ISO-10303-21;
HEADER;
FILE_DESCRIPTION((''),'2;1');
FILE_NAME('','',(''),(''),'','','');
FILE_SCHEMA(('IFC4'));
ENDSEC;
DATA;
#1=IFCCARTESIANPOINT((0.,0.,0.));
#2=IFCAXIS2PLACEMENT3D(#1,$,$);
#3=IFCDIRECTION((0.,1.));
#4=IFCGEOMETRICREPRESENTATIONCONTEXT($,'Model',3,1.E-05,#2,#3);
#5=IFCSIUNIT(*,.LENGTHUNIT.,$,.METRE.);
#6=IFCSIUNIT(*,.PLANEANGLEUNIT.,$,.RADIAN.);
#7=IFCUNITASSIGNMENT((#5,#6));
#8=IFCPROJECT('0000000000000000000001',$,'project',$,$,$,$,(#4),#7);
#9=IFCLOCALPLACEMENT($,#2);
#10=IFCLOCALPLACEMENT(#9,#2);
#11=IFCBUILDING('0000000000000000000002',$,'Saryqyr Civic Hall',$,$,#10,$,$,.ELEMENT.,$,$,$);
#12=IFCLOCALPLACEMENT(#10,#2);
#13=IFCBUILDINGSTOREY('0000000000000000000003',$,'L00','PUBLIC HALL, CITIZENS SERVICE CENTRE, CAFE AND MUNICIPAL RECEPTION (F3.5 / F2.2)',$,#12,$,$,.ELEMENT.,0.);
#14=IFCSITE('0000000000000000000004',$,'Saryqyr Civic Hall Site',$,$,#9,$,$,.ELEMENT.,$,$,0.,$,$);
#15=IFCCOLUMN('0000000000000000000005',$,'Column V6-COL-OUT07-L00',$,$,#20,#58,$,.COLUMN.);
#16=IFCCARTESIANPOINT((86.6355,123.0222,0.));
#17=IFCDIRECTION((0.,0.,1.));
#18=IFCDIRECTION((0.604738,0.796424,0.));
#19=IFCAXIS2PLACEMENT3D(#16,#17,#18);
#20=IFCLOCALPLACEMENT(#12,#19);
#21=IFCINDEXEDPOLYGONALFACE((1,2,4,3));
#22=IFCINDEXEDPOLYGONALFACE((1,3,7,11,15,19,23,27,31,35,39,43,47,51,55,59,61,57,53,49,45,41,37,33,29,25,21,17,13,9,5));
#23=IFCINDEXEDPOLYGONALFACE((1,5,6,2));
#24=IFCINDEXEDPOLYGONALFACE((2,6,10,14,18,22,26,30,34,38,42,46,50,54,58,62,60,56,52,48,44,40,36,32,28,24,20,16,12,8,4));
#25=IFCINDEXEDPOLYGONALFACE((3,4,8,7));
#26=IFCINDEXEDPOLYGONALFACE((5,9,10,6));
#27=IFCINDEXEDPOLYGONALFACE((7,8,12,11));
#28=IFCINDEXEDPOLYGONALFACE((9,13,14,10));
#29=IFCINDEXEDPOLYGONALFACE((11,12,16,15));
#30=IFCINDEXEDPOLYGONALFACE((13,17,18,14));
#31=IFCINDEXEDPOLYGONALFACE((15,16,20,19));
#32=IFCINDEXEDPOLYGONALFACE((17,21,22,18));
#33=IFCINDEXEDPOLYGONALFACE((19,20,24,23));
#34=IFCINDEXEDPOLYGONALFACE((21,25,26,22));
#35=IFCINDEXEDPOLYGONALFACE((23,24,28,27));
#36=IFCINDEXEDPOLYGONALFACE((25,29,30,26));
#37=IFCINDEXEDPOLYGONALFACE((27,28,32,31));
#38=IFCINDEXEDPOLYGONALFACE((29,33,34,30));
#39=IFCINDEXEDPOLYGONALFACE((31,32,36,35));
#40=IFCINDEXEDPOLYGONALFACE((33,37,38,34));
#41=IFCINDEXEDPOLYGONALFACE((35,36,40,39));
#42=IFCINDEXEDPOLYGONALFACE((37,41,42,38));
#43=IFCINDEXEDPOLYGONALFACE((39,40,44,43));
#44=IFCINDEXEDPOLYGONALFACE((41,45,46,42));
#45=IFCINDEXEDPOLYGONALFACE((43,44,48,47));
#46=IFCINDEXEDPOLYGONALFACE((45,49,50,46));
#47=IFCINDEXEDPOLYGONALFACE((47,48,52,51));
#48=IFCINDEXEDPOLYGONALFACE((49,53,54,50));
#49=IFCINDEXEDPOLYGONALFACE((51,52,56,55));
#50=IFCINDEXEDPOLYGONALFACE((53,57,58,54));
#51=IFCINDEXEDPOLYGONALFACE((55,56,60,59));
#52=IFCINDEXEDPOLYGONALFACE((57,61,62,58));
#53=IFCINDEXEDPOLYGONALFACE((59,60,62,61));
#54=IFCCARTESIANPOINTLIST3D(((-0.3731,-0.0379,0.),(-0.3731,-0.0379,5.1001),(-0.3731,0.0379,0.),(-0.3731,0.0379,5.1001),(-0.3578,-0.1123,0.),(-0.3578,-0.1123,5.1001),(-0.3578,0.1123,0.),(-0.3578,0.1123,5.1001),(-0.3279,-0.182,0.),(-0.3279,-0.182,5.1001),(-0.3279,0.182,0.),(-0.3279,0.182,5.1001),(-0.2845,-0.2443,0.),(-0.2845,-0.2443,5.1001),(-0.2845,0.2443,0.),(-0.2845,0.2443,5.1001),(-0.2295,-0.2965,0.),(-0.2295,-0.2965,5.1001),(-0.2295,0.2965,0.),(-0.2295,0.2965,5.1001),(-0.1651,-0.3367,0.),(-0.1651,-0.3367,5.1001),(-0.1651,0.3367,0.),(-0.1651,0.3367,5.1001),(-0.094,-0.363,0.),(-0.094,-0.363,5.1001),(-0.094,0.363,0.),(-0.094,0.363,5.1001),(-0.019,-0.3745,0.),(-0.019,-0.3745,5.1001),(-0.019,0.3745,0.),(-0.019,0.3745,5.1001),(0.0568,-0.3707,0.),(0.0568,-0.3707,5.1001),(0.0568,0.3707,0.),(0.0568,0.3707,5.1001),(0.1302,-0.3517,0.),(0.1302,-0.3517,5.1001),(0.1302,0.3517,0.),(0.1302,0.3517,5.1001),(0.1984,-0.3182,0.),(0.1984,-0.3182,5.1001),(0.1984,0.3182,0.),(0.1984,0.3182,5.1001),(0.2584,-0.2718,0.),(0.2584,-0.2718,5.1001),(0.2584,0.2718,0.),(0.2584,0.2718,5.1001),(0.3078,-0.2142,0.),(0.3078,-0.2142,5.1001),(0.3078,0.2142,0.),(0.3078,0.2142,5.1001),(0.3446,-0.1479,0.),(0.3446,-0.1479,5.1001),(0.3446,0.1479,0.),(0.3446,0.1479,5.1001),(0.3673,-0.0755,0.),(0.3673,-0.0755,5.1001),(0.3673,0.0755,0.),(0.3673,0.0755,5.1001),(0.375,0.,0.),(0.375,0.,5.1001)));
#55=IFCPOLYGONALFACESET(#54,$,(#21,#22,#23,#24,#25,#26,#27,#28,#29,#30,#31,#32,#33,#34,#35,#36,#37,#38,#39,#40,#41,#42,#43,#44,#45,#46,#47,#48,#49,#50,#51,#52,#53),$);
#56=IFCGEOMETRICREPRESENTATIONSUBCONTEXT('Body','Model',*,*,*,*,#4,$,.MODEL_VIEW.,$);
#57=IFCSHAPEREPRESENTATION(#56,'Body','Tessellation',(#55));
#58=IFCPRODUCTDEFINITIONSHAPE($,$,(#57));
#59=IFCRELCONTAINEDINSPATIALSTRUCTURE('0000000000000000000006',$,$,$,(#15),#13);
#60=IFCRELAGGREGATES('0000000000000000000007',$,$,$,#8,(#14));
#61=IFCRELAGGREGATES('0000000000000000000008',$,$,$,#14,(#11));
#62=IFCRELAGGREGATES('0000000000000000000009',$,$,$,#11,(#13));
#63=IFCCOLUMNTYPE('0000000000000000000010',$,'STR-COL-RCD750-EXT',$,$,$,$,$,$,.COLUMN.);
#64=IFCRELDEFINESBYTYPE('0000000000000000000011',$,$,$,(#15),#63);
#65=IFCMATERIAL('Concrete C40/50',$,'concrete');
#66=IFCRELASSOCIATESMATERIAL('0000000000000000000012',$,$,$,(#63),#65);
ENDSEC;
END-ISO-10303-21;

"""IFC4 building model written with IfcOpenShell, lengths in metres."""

from ifc_helpers import new_model, si_unit, direction, frame, origin, origin_2d, place, context, subcontext, project, spatial, circle, extrude, material, material_profile, profile_set, type_object, element, save


model = new_model("IFC4")

# Units and contexts
model_context = context("Model", 3, precision=1e-05, world=origin(), true_north=direction((0.0, 1.0)))
body_context = subcontext(model_context, "Body", "Model", "MODEL_VIEW")
ifc_project = project(units=[si_unit("LENGTHUNIT", "METRE"), si_unit("PLANEANGLEUNIT", "RADIAN")], contexts=[model_context])

# Site, building, storey
site_placement = place(None, origin())
site = spatial("IfcSite", under=ifc_project, at=site_placement, Name="Saryqyr Civic Hall Site", CompositionType="ELEMENT", RefElevation=0.0)
building_placement = place(site_placement, origin())
building = spatial("IfcBuilding", under=site, at=building_placement, Name="Saryqyr Civic Hall", CompositionType="ELEMENT")
storey_placement = place(building_placement, origin())
storey = spatial("IfcBuildingStorey", under=building, at=storey_placement, Name="L00", Description="PUBLIC HALL, CITIZENS SERVICE CENTRE, CAFE AND MUNICIPAL RECEPTION (F3.5 / F2.2)", CompositionType="ELEMENT", Elevation=0.0)

# Column
ifc_material_1 = material(Name="Concrete C40/50", Category="concrete")
ifc_material_profile_1 = material_profile(ifc_material_1, circle(Radius=0.375, at=origin_2d()), Name="RC D750")
ifc_profile_set_1 = profile_set([ifc_material_profile_1], Name="Concrete C40/50")
column_type = type_object("IfcColumnType", Name="STR-COL-RCD750-EXT", PredefinedType="COLUMN", material=ifc_profile_set_1)
column_placement = place(storey_placement, frame((86.6355, 123.0222, 0.0), z_axis=(0.0, 0.0, 1.0), x_axis=(0.604738, 0.796424, 0.0)))
element("IfcColumn", 1, at=column_placement, inside=storey, type_object=column_type, Name="Column V6-COL-OUT07-L00", PredefinedType="COLUMN", context=body_context, shape_type="SweptSolid", body=[
    extrude(circle(Radius=0.375, at=origin_2d()), origin(), (0.0, 0.0, 1.0), 5.1001),
])

save(model, "model.ifc")
